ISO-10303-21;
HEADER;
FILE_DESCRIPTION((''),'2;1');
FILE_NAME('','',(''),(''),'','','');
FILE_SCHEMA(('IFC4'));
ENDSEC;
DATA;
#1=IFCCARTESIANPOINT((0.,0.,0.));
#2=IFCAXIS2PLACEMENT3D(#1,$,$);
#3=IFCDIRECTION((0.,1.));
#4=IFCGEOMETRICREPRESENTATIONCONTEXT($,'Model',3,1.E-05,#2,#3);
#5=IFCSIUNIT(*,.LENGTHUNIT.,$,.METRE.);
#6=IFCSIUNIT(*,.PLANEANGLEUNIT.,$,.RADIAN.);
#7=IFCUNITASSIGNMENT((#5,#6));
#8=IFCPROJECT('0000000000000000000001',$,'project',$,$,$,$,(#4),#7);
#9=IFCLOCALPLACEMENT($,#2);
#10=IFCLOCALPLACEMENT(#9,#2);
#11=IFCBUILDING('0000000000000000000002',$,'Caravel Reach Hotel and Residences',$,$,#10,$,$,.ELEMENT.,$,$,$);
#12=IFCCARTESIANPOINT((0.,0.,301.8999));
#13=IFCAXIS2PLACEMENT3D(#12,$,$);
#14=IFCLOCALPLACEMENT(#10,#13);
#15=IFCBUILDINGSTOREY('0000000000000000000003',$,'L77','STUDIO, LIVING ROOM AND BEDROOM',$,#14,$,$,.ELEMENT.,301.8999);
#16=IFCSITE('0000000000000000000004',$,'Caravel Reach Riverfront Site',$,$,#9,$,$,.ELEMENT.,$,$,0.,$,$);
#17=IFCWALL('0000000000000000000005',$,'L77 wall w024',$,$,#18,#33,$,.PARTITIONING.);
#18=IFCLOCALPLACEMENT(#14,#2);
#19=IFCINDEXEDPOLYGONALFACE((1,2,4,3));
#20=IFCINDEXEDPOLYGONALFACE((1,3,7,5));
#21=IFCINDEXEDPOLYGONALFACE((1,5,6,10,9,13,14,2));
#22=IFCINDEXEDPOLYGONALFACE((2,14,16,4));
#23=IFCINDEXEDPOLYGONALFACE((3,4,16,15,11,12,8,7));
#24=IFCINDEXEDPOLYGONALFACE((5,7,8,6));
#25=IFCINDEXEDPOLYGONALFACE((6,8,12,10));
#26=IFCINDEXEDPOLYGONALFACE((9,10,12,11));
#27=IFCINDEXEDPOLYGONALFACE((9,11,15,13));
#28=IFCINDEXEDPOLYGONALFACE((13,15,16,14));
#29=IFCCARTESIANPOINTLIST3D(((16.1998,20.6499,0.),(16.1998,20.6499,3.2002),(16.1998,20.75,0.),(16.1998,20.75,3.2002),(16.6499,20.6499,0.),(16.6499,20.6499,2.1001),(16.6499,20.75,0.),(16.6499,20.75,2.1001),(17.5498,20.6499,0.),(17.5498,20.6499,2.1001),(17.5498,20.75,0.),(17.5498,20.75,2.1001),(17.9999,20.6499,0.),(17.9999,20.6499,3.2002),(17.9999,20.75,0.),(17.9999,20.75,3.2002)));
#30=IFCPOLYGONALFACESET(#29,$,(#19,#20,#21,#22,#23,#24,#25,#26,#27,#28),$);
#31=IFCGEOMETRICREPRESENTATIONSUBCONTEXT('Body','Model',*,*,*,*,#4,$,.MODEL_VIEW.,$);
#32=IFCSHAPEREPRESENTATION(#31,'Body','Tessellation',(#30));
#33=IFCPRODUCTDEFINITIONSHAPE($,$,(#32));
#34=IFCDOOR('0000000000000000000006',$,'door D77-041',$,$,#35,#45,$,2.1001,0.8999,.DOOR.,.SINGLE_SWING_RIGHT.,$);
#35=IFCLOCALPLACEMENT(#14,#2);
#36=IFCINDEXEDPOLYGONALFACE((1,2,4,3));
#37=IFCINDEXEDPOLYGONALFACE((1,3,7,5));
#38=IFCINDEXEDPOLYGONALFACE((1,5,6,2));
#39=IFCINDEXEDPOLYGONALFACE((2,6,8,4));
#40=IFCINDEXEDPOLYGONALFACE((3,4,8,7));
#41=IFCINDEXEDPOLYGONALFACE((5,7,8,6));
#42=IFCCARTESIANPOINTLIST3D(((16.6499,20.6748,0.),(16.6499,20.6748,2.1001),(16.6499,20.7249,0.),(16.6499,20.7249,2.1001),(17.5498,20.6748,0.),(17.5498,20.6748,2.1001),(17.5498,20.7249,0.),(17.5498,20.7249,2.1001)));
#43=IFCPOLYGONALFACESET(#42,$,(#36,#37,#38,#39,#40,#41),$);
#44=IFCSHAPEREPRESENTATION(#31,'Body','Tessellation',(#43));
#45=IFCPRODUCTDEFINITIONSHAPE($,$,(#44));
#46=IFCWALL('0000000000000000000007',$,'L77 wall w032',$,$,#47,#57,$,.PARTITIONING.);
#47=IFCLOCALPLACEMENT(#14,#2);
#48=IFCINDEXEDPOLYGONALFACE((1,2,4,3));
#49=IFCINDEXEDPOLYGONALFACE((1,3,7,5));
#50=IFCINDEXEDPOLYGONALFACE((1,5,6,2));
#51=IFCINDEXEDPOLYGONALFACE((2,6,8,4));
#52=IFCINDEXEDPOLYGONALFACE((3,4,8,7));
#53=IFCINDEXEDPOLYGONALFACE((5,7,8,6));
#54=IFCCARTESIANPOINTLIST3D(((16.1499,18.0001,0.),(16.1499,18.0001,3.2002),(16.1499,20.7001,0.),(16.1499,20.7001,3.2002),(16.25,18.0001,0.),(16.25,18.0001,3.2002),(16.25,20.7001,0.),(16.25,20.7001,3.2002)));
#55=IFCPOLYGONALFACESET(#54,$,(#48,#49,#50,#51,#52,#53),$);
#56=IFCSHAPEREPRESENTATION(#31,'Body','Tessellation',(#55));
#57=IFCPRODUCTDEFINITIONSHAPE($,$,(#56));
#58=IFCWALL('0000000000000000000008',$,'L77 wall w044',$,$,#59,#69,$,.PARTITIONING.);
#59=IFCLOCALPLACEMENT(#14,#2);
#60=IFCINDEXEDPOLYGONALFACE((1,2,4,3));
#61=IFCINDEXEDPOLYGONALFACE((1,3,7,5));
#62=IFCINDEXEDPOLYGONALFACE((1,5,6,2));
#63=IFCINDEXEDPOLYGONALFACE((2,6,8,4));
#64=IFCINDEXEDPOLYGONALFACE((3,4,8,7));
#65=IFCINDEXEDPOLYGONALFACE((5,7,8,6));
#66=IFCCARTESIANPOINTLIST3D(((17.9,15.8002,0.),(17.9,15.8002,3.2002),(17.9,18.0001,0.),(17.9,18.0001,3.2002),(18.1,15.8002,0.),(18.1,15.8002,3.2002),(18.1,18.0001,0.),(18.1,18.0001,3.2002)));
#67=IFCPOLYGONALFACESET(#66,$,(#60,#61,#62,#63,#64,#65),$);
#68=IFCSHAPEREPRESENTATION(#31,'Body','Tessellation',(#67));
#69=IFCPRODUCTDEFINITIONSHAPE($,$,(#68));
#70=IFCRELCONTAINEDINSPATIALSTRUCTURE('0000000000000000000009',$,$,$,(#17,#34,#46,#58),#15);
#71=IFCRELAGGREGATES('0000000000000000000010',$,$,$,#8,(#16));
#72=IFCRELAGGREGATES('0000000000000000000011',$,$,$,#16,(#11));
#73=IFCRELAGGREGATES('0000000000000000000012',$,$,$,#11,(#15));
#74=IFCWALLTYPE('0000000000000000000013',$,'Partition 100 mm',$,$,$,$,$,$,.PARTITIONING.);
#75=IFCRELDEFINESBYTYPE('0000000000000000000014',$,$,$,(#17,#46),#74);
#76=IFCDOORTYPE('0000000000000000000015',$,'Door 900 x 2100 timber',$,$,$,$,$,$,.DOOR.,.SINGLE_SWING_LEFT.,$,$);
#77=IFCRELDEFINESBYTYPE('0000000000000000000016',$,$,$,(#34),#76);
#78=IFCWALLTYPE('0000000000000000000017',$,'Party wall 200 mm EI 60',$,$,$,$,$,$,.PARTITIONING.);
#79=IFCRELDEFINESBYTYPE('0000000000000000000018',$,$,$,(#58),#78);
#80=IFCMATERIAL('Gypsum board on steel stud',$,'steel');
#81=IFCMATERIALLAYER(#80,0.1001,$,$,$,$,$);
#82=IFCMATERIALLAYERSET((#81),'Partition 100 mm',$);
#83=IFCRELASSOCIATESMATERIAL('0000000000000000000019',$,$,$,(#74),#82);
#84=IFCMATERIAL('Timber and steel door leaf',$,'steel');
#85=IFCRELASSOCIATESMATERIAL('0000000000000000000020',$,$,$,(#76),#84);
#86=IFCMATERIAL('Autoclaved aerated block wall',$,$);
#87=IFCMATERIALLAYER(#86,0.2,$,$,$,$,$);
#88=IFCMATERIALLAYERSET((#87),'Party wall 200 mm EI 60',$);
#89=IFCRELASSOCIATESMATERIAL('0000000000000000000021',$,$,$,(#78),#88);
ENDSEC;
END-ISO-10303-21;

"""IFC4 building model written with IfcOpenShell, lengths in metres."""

from ifc_helpers import new_model, si_unit, direction, frame, frame_2d, origin, place, context, subcontext, project, spatial, rectangle, extrude, material, layer, layer_set, type_object, element, fill, save


model = new_model("IFC4")

# Units and contexts
model_context = context("Model", 3, precision=1e-05, world=origin(), true_north=direction((0.0, 1.0)))
body_context = subcontext(model_context, "Body", "Model", "MODEL_VIEW")
ifc_project = project(units=[si_unit("LENGTHUNIT", "METRE"), si_unit("PLANEANGLEUNIT", "RADIAN")], contexts=[model_context])

# Site, building, storey
site_placement = place(None, origin())
site = spatial("IfcSite", under=ifc_project, at=site_placement, Name="Caravel Reach Riverfront Site", CompositionType="ELEMENT", RefElevation=0.0)
building_placement = place(site_placement, origin())
building = spatial("IfcBuilding", under=site, at=building_placement, Name="Caravel Reach Hotel and Residences", CompositionType="ELEMENT")
storey_placement = place(building_placement, frame((0.0, 0.0, 301.8999)))
storey = spatial("IfcBuildingStorey", under=building, at=storey_placement, Name="L77", Description="STUDIO, LIVING ROOM AND BEDROOM", CompositionType="ELEMENT", Elevation=301.8999)

# Wall, opening, door
ifc_material_1 = material(Name="Gypsum board on steel stud", Category="steel")
ifc_layer_1 = layer(ifc_material_1, 0.1001)
ifc_layer_set_1 = layer_set([ifc_layer_1], Name="Partition 100 mm")
wall_type_1 = type_object("IfcWallType", Name="Partition 100 mm", PredefinedType="PARTITIONING", material=ifc_layer_set_1)
wall_1_placement = place(storey_placement, frame((16.2, 20.7, 0.0), z_axis=(0.0, 0.0, 1.0), x_axis=(1.0, 0.0, 0.0)))
wall_1 = element("IfcWall", 1, at=wall_1_placement, inside=storey, type_object=wall_type_1, Name="L77 wall w024", PredefinedType="PARTITIONING", context=body_context, shape_type="SweptSolid", body=[
    extrude(rectangle(XDim=1.8, YDim=0.1001, at=frame_2d((0.8999, 0.0))), origin(), (0.0, 0.0, 1.0), 3.2002),
])
opening_1_placement = place(wall_1_placement, frame((0.45, 0.0, 0.0)))
opening_1 = element("IfcOpeningElement", 2, at=opening_1_placement, cuts=wall_1, PredefinedType="OPENING", context=body_context, shape_type="SweptSolid", body=[
    extrude(rectangle(XDim=0.8999, YDim=2.1001, at=frame_2d((0.45, 1.05))), frame((0.0, 0.0601, 0.0), z_axis=(0.0, -1.0, 0.0), x_axis=(1.0, 0.0, 0.0)), (0.0, 0.0, 1.0), 0.1201),
])
ifc_material_2 = material(Name="Timber and steel door leaf", Category="steel")
door_type = type_object("IfcDoorType", Name="Door 900 x 2100 timber", OperationType="SINGLE_SWING_LEFT", PredefinedType="DOOR", material=ifc_material_2)
door_placement = place(opening_1_placement, origin())
door = element("IfcDoor", 3, at=door_placement, inside=storey, type_object=door_type, Name="door D77-041", OperationType="SINGLE_SWING_RIGHT", OverallHeight=2.1001, OverallWidth=0.8999, PredefinedType="DOOR", context=body_context, shape_type="SweptSolid", body=[
    extrude(rectangle(XDim=0.8999, YDim=2.1001, at=frame_2d((0.45, 1.05))), frame((0.0, 0.0249, 0.0), z_axis=(0.0, -1.0, 0.0), x_axis=(1.0, 0.0, 0.0)), (0.0, 0.0, 1.0), 0.05),
])
fill(opening_1, door)

# Walls
wall_2_placement = place(storey_placement, frame((16.2, 18.0, 0.0), z_axis=(0.0, 0.0, 1.0), x_axis=(0.0, 1.0, 0.0)))
element("IfcWall", 4, at=wall_2_placement, inside=storey, type_object=wall_type_1, Name="L77 wall w032", PredefinedType="PARTITIONING", context=body_context, shape_type="SweptSolid", body=[
    extrude(rectangle(XDim=2.7, YDim=0.1001, at=frame_2d((1.3501, 0.0))), origin(), (0.0, 0.0, 1.0), 3.2002),
])
ifc_material_3 = material(Name="Autoclaved aerated block wall")
ifc_layer_2 = layer(ifc_material_3, 0.2)
ifc_layer_set_2 = layer_set([ifc_layer_2], Name="Party wall 200 mm EI 60")
wall_type_2 = type_object("IfcWallType", Name="Party wall 200 mm EI 60", PredefinedType="PARTITIONING", material=ifc_layer_set_2)
wall_3_placement = place(storey_placement, frame((18.0, 15.8, 0.0), z_axis=(0.0, 0.0, 1.0), x_axis=(0.0, 1.0, 0.0)))
element("IfcWall", 5, at=wall_3_placement, inside=storey, type_object=wall_type_2, Name="L77 wall w044", PredefinedType="PARTITIONING", context=body_context, shape_type="SweptSolid", body=[
    extrude(rectangle(XDim=2.2, YDim=0.2, at=frame_2d((1.1001, 0.0))), origin(), (0.0, 0.0, 1.0), 3.2002),
])

save(model, "model.ifc")
